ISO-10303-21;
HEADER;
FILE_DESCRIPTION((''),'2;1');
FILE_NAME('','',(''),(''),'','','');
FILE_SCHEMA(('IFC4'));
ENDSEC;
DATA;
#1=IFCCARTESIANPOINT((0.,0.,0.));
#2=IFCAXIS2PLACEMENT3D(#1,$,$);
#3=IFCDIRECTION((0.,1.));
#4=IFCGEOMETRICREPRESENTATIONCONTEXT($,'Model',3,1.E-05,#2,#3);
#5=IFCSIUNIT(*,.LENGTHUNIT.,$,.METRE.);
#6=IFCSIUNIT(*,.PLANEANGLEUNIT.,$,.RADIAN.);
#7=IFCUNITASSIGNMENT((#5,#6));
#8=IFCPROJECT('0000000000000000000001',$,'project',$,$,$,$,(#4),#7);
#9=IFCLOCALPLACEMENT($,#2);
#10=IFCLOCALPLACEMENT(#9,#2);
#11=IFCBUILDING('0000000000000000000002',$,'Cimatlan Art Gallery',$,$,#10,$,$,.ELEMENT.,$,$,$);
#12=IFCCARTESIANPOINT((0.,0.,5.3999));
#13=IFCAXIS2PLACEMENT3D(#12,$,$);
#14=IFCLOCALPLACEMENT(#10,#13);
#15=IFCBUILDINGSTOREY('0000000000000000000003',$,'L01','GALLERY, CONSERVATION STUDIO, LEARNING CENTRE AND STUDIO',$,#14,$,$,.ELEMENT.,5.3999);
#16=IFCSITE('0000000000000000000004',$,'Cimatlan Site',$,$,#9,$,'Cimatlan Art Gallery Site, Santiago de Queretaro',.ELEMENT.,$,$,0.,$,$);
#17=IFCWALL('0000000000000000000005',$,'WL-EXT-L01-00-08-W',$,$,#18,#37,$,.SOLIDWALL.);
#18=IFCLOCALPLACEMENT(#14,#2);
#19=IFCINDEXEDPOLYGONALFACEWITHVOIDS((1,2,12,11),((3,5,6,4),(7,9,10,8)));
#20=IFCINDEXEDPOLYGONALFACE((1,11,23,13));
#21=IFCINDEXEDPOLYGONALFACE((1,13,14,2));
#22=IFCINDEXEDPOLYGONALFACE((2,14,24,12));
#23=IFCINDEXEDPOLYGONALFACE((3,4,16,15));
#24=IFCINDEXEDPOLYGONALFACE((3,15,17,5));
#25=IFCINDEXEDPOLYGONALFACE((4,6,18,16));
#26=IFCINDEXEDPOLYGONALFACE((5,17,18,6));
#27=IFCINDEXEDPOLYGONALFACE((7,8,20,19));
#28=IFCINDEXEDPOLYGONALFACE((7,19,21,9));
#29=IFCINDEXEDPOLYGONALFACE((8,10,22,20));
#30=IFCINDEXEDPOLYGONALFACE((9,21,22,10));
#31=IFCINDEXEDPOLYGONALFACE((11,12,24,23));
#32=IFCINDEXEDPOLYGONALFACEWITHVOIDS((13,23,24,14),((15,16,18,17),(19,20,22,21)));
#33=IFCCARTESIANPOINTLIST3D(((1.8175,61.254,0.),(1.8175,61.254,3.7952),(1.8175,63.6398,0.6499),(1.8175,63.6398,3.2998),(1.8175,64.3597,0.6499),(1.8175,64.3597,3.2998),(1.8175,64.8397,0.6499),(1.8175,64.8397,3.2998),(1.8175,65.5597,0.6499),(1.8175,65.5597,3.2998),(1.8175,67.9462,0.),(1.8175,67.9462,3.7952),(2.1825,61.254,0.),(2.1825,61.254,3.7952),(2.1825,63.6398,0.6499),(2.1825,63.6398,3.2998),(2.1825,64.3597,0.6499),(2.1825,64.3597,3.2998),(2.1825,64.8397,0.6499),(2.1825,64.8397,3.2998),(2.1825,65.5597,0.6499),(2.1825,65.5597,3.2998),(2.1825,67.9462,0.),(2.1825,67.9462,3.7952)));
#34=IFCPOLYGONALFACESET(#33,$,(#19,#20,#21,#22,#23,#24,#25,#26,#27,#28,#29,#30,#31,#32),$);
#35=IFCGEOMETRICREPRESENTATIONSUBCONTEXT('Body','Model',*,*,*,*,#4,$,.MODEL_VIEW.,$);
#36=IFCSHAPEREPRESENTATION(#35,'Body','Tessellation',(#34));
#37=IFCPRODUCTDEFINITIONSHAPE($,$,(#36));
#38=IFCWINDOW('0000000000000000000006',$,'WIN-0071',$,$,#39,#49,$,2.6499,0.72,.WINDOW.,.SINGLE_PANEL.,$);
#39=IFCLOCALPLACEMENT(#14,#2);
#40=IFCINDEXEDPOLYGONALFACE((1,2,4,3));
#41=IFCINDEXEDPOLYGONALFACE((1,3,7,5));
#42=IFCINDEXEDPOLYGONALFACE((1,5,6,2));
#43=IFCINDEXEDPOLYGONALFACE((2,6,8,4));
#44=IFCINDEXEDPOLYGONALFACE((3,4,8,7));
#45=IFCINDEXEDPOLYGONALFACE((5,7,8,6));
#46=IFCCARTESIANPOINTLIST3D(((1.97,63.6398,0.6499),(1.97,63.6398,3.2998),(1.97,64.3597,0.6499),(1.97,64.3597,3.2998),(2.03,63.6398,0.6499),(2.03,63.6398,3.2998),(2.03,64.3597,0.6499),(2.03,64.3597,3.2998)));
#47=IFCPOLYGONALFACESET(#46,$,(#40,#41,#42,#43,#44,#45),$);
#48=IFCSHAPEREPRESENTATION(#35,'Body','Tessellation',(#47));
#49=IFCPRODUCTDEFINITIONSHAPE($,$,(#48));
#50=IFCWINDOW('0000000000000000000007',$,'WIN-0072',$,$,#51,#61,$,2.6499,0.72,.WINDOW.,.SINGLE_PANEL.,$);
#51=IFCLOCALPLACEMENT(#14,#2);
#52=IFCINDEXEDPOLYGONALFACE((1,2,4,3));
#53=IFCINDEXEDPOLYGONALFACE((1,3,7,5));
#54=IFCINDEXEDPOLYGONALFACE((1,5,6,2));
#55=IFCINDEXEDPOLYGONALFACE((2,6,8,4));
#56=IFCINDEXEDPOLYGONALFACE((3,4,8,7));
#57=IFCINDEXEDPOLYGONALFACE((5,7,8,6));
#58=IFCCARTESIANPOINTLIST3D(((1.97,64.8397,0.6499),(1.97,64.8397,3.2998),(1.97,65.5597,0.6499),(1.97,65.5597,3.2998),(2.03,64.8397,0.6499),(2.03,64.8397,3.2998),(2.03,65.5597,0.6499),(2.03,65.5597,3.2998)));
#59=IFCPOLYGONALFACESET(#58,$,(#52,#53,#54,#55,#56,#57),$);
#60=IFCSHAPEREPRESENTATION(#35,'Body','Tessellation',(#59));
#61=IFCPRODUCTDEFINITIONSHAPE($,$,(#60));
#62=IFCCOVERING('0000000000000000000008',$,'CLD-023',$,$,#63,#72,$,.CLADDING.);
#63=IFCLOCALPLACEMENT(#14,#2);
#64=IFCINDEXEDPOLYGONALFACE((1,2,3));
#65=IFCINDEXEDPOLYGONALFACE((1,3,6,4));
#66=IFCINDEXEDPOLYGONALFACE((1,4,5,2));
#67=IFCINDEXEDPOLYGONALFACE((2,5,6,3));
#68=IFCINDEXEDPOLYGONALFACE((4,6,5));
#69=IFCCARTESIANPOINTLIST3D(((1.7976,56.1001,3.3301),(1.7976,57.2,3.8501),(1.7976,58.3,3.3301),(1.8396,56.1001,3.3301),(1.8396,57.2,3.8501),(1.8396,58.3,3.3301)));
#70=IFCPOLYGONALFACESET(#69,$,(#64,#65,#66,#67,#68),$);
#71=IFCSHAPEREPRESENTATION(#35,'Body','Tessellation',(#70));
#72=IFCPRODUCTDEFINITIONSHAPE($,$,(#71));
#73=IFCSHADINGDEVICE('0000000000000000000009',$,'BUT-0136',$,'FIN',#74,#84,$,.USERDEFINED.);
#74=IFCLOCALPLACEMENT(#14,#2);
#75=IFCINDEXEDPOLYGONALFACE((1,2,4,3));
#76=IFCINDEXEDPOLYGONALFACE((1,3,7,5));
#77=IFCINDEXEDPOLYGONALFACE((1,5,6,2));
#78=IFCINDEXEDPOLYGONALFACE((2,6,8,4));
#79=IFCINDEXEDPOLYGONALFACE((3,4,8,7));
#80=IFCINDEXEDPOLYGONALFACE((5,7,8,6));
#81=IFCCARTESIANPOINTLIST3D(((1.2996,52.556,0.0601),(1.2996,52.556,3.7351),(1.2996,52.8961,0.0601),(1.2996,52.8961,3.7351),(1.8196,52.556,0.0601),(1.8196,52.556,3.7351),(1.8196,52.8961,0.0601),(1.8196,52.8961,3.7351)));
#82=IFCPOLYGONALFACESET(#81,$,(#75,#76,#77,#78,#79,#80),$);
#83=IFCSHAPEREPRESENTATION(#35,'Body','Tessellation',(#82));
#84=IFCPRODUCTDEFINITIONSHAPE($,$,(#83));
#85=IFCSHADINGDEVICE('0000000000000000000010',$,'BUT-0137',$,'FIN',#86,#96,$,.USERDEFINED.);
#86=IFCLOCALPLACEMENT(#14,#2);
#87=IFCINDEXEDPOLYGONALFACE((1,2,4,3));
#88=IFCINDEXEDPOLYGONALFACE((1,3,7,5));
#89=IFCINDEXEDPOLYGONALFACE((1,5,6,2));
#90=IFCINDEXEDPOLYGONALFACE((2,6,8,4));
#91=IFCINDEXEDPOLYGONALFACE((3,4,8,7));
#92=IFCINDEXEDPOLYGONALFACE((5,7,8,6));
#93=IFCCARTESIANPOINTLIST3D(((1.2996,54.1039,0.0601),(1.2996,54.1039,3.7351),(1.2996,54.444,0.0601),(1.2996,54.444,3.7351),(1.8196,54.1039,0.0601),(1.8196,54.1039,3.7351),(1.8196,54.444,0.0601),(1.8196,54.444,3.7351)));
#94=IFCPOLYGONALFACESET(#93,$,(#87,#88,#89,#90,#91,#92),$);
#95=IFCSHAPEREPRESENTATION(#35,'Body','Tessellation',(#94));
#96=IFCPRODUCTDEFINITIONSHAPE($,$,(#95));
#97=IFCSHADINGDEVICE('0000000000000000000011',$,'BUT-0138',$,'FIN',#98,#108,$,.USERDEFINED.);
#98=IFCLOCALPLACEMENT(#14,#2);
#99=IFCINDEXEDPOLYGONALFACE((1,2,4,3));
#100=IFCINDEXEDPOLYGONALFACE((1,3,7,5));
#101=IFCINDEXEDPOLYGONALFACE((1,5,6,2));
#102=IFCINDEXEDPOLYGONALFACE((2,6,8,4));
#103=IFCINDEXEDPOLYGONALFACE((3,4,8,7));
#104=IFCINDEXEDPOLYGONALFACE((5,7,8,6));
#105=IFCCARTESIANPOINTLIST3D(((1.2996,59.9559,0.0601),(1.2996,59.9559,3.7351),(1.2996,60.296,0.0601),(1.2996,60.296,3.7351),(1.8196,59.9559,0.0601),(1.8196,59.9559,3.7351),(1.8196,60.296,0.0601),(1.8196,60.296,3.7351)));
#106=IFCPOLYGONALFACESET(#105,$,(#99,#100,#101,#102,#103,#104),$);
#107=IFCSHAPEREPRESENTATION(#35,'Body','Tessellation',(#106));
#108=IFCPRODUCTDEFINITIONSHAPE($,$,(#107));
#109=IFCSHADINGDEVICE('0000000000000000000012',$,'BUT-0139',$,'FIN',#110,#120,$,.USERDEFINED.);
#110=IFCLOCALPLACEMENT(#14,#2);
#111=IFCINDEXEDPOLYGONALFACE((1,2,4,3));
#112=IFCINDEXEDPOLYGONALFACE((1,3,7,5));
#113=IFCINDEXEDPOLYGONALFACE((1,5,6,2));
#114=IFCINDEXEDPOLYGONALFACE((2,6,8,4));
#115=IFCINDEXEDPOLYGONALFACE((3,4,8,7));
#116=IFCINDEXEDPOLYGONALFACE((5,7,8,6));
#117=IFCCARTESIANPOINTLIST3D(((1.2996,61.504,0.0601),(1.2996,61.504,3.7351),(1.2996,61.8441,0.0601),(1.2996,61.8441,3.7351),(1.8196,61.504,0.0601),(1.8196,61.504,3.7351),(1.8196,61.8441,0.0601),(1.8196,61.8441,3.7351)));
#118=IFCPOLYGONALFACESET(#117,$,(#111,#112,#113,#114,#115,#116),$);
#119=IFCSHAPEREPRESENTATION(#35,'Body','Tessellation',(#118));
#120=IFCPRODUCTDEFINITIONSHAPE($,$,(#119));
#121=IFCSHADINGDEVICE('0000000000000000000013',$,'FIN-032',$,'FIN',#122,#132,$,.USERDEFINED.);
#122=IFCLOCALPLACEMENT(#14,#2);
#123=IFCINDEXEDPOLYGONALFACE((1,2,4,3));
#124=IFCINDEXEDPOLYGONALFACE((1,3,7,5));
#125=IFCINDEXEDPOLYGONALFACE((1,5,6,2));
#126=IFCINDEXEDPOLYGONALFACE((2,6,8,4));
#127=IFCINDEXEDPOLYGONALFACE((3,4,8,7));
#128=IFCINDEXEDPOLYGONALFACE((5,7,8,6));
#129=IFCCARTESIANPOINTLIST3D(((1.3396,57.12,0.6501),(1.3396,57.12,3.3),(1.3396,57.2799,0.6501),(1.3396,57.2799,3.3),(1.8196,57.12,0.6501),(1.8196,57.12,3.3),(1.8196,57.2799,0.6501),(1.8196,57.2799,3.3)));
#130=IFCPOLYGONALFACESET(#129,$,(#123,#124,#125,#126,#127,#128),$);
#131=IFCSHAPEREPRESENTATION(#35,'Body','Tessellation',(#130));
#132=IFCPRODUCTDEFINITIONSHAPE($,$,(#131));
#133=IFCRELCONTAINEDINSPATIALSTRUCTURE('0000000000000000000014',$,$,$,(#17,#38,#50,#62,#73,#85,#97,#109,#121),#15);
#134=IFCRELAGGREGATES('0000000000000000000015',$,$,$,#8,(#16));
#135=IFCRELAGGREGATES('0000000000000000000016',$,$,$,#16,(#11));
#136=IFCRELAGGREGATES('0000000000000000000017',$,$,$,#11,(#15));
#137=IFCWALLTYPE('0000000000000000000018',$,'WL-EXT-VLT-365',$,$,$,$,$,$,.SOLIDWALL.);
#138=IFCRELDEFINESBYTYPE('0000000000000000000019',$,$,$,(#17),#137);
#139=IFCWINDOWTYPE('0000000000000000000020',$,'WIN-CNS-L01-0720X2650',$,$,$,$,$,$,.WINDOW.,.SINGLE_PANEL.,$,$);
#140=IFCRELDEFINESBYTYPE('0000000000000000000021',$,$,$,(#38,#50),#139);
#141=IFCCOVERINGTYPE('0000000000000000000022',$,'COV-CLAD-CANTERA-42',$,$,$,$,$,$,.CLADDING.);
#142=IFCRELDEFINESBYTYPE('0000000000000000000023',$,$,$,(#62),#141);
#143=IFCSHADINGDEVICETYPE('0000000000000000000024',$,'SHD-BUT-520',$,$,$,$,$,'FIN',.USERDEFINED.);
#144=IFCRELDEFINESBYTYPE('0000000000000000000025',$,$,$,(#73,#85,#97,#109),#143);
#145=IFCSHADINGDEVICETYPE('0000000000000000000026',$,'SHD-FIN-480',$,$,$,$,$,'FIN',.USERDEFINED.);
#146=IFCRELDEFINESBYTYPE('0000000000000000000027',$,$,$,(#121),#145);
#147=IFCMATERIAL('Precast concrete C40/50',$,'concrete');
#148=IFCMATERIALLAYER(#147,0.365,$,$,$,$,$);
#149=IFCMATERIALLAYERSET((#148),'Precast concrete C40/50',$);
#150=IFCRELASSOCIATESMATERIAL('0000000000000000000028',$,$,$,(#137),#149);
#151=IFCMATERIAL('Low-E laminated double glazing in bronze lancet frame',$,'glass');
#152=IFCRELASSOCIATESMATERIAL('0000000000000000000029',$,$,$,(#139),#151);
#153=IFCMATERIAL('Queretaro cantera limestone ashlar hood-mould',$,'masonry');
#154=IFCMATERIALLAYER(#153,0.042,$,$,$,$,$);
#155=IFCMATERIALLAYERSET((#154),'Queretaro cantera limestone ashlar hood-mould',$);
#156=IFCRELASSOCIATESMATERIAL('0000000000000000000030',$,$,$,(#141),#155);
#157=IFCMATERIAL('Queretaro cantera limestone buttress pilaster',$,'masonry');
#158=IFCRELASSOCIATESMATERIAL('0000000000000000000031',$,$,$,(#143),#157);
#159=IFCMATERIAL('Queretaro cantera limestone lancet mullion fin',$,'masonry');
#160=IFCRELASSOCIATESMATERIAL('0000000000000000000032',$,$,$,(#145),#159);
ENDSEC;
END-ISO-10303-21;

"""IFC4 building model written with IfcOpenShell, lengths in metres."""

from ifc_helpers import new_model, si_unit, direction, frame, frame_2d, origin, origin_2d, place, context, subcontext, project, spatial, polyline, rectangle, outline, extrude, material, layer, layer_set, type_object, element, fill, save


model = new_model("IFC4")

# Units and contexts
model_context = context("Model", 3, precision=1e-05, world=origin(), true_north=direction((0.0, 1.0)))
body_context = subcontext(model_context, "Body", "Model", "MODEL_VIEW")
ifc_project = project(units=[si_unit("LENGTHUNIT", "METRE"), si_unit("PLANEANGLEUNIT", "RADIAN")], contexts=[model_context])

# Site, building, storey
site_placement = place(None, origin())
site = spatial("IfcSite", under=ifc_project, at=site_placement, Name="Cimatlan Site", LongName="Cimatlan Art Gallery Site, Santiago de Queretaro", CompositionType="ELEMENT", RefElevation=0.0)
building_placement = place(site_placement, origin())
building = spatial("IfcBuilding", under=site, at=building_placement, Name="Cimatlan Art Gallery", CompositionType="ELEMENT")
storey_placement = place(building_placement, frame((0.0, 0.0, 5.3999)))
storey = spatial("IfcBuildingStorey", under=building, at=storey_placement, Name="L01", Description="GALLERY, CONSERVATION STUDIO, LEARNING CENTRE AND STUDIO", CompositionType="ELEMENT", Elevation=5.3999)

# Shared definitions
ifc_material_1 = material(Name="Precast concrete C40/50", Category="concrete")

# Wall, openings, windows
ifc_layer_1 = layer(ifc_material_1, 0.365)
ifc_layer_set_1 = layer_set([ifc_layer_1], Name="Precast concrete C40/50")
wall_type_1 = type_object("IfcWallType", Name="WL-EXT-VLT-365", PredefinedType="SOLIDWALL", material=ifc_layer_set_1)
ifc_material_2 = material(Name="Low-E laminated double glazing in bronze lancet frame", Category="glass")
window_type = type_object("IfcWindowType", Name="WIN-CNS-L01-0720X2650", PartitioningType="SINGLE_PANEL", PredefinedType="WINDOW", material=ifc_material_2)
wall_1_placement = place(storey_placement, frame((2.0, 61.2539, 0.0), z_axis=(0.0, 0.0, 1.0), x_axis=(0.0, 1.0, 0.0)))
wall_1 = element("IfcWall", 1, at=wall_1_placement, inside=storey, type_object=wall_type_1, Name="WL-EXT-L01-00-08-W", PredefinedType="SOLIDWALL", context=body_context, shape_type="SweptSolid", body=[
    extrude(rectangle(XDim=6.6921, YDim=0.365, at=frame_2d((3.3462, 0.0))), origin(), (0.0, 0.0, 1.0), 3.7952),
])
opening_1_placement = place(wall_1_placement, frame((2.386, 0.0, 0.6499)))
opening_1 = element("IfcOpeningElement", 2, at=opening_1_placement, cuts=wall_1, PredefinedType="OPENING", context=body_context, shape_type="SweptSolid", body=[
    extrude(rectangle(XDim=0.72, YDim=2.6499, at=frame_2d((0.3599, 1.325))), frame((0.0, 0.1924, 0.0), z_axis=(0.0, -1.0, 0.0), x_axis=(1.0, 0.0, 0.0)), (0.0, 0.0, 1.0), 0.385),
])
opening_2_placement = place(wall_1_placement, frame((3.5859, 0.0, 0.6499)))
opening_2 = element("IfcOpeningElement", 3, at=opening_2_placement, cuts=wall_1, PredefinedType="OPENING", context=body_context, shape_type="SweptSolid", body=[
    extrude(rectangle(XDim=0.72, YDim=2.6499, at=frame_2d((0.3599, 1.325))), frame((0.0, 0.1924, 0.0), z_axis=(0.0, -1.0, 0.0), x_axis=(1.0, 0.0, 0.0)), (0.0, 0.0, 1.0), 0.385),
])
window_1_placement = place(opening_1_placement, origin())
window_1 = element("IfcWindow", 4, at=window_1_placement, inside=storey, type_object=window_type, Name="WIN-0071", OverallHeight=2.6499, OverallWidth=0.72, PartitioningType="SINGLE_PANEL", PredefinedType="WINDOW", context=body_context, shape_type="SweptSolid", body=[
    extrude(rectangle(XDim=0.72, YDim=2.6499, at=frame_2d((0.3599, 1.325))), frame((0.0, 0.03, 0.0), z_axis=(0.0, -1.0, 0.0), x_axis=(1.0, 0.0, 0.0)), (0.0, 0.0, 1.0), 0.0601),
])
fill(opening_1, window_1)
window_2_placement = place(opening_2_placement, origin())
window_2 = element("IfcWindow", 5, at=window_2_placement, inside=storey, type_object=window_type, Name="WIN-0072", OverallHeight=2.6499, OverallWidth=0.72, PartitioningType="SINGLE_PANEL", PredefinedType="WINDOW", context=body_context, shape_type="SweptSolid", body=[
    extrude(rectangle(XDim=0.72, YDim=2.6499, at=frame_2d((0.3599, 1.325))), frame((0.0, 0.03, 0.0), z_axis=(0.0, -1.0, 0.0), x_axis=(1.0, 0.0, 0.0)), (0.0, 0.0, 1.0), 0.0601),
])
fill(opening_2, window_2)

# Covering
ifc_material_3 = material(Name="Queretaro cantera limestone ashlar hood-mould", Category="masonry")
ifc_layer_2 = layer(ifc_material_3, 0.042)
ifc_layer_set_2 = layer_set([ifc_layer_2], Name="Queretaro cantera limestone ashlar hood-mould")
covering_type = type_object("IfcCoveringType", Name="COV-CLAD-CANTERA-42", PredefinedType="CLADDING", material=ifc_layer_set_2)
covering_placement = place(storey_placement, frame((1.8396, 56.1001, 3.3301), z_axis=(1.0, 0.0, 0.0), x_axis=(0.0, 1.0, 0.0)))
element("IfcCovering", 6, at=covering_placement, inside=storey, type_object=covering_type, Name="CLD-023", PredefinedType="CLADDING", context=body_context, shape_type="SweptSolid", body=[
    extrude(outline(polyline([(0.0, 0.0), (2.2, 0.0), (1.0999, 0.52), (0.0, 0.0)])), origin(), (0.0, 0.0, -1.0), 0.042),
])

# Shading devices
ifc_material_4 = material(Name="Queretaro cantera limestone buttress pilaster", Category="masonry")
shading_device_type_1 = type_object("IfcShadingDeviceType", Name="SHD-BUT-520", ElementType="FIN", PredefinedType="USERDEFINED", material=ifc_material_4)
for number, where, z_axis, x_axis, name in (
    (7, (1.5596, 52.7261, 0.0601), (0.0, 0.0, 1.0), (0.0, 1.0, 0.0), "BUT-0136"),
    (8, (1.5596, 54.2739, 0.0601), (0.0, 0.0, 1.0), (0.0, 1.0, 0.0), "BUT-0137"),
    (9, (1.5596, 60.126, 0.0601), (0.0, 0.0, 1.0), (0.0, 1.0, 0.0), "BUT-0138"),
    (10, (1.5596, 61.6741, 0.0601), (0.0, 0.0, 1.0), (0.0, 1.0, 0.0), "BUT-0139"),
):
    element("IfcShadingDevice", number, at=place(storey_placement, frame(where, z_axis=z_axis, x_axis=x_axis)), inside=storey, type_object=shading_device_type_1, Name=name, ObjectType="FIN", PredefinedType="USERDEFINED", context=body_context, shape_type="SweptSolid", body=[
        extrude(rectangle(XDim=0.3401, YDim=0.52, at=origin_2d()), origin(), (0.0, 0.0, 1.0), 3.675),
    ])
ifc_material_5 = material(Name="Queretaro cantera limestone lancet mullion fin", Category="masonry")
shading_device_type_2 = type_object("IfcShadingDeviceType", Name="SHD-FIN-480", ElementType="FIN", PredefinedType="USERDEFINED", material=ifc_material_5)
shading_device_placement = place(storey_placement, frame((1.5796, 57.2, 0.6501), z_axis=(0.0, 0.0, 1.0), x_axis=(0.0, 1.0, 0.0)))
element("IfcShadingDevice", 11, at=shading_device_placement, inside=storey, type_object=shading_device_type_2, Name="FIN-032", ObjectType="FIN", PredefinedType="USERDEFINED", context=body_context, shape_type="SweptSolid", body=[
    extrude(rectangle(XDim=0.1599, YDim=0.48, at=origin_2d()), origin(), (0.0, 0.0, 1.0), 2.6499),
])

save(model, "model.ifc")
